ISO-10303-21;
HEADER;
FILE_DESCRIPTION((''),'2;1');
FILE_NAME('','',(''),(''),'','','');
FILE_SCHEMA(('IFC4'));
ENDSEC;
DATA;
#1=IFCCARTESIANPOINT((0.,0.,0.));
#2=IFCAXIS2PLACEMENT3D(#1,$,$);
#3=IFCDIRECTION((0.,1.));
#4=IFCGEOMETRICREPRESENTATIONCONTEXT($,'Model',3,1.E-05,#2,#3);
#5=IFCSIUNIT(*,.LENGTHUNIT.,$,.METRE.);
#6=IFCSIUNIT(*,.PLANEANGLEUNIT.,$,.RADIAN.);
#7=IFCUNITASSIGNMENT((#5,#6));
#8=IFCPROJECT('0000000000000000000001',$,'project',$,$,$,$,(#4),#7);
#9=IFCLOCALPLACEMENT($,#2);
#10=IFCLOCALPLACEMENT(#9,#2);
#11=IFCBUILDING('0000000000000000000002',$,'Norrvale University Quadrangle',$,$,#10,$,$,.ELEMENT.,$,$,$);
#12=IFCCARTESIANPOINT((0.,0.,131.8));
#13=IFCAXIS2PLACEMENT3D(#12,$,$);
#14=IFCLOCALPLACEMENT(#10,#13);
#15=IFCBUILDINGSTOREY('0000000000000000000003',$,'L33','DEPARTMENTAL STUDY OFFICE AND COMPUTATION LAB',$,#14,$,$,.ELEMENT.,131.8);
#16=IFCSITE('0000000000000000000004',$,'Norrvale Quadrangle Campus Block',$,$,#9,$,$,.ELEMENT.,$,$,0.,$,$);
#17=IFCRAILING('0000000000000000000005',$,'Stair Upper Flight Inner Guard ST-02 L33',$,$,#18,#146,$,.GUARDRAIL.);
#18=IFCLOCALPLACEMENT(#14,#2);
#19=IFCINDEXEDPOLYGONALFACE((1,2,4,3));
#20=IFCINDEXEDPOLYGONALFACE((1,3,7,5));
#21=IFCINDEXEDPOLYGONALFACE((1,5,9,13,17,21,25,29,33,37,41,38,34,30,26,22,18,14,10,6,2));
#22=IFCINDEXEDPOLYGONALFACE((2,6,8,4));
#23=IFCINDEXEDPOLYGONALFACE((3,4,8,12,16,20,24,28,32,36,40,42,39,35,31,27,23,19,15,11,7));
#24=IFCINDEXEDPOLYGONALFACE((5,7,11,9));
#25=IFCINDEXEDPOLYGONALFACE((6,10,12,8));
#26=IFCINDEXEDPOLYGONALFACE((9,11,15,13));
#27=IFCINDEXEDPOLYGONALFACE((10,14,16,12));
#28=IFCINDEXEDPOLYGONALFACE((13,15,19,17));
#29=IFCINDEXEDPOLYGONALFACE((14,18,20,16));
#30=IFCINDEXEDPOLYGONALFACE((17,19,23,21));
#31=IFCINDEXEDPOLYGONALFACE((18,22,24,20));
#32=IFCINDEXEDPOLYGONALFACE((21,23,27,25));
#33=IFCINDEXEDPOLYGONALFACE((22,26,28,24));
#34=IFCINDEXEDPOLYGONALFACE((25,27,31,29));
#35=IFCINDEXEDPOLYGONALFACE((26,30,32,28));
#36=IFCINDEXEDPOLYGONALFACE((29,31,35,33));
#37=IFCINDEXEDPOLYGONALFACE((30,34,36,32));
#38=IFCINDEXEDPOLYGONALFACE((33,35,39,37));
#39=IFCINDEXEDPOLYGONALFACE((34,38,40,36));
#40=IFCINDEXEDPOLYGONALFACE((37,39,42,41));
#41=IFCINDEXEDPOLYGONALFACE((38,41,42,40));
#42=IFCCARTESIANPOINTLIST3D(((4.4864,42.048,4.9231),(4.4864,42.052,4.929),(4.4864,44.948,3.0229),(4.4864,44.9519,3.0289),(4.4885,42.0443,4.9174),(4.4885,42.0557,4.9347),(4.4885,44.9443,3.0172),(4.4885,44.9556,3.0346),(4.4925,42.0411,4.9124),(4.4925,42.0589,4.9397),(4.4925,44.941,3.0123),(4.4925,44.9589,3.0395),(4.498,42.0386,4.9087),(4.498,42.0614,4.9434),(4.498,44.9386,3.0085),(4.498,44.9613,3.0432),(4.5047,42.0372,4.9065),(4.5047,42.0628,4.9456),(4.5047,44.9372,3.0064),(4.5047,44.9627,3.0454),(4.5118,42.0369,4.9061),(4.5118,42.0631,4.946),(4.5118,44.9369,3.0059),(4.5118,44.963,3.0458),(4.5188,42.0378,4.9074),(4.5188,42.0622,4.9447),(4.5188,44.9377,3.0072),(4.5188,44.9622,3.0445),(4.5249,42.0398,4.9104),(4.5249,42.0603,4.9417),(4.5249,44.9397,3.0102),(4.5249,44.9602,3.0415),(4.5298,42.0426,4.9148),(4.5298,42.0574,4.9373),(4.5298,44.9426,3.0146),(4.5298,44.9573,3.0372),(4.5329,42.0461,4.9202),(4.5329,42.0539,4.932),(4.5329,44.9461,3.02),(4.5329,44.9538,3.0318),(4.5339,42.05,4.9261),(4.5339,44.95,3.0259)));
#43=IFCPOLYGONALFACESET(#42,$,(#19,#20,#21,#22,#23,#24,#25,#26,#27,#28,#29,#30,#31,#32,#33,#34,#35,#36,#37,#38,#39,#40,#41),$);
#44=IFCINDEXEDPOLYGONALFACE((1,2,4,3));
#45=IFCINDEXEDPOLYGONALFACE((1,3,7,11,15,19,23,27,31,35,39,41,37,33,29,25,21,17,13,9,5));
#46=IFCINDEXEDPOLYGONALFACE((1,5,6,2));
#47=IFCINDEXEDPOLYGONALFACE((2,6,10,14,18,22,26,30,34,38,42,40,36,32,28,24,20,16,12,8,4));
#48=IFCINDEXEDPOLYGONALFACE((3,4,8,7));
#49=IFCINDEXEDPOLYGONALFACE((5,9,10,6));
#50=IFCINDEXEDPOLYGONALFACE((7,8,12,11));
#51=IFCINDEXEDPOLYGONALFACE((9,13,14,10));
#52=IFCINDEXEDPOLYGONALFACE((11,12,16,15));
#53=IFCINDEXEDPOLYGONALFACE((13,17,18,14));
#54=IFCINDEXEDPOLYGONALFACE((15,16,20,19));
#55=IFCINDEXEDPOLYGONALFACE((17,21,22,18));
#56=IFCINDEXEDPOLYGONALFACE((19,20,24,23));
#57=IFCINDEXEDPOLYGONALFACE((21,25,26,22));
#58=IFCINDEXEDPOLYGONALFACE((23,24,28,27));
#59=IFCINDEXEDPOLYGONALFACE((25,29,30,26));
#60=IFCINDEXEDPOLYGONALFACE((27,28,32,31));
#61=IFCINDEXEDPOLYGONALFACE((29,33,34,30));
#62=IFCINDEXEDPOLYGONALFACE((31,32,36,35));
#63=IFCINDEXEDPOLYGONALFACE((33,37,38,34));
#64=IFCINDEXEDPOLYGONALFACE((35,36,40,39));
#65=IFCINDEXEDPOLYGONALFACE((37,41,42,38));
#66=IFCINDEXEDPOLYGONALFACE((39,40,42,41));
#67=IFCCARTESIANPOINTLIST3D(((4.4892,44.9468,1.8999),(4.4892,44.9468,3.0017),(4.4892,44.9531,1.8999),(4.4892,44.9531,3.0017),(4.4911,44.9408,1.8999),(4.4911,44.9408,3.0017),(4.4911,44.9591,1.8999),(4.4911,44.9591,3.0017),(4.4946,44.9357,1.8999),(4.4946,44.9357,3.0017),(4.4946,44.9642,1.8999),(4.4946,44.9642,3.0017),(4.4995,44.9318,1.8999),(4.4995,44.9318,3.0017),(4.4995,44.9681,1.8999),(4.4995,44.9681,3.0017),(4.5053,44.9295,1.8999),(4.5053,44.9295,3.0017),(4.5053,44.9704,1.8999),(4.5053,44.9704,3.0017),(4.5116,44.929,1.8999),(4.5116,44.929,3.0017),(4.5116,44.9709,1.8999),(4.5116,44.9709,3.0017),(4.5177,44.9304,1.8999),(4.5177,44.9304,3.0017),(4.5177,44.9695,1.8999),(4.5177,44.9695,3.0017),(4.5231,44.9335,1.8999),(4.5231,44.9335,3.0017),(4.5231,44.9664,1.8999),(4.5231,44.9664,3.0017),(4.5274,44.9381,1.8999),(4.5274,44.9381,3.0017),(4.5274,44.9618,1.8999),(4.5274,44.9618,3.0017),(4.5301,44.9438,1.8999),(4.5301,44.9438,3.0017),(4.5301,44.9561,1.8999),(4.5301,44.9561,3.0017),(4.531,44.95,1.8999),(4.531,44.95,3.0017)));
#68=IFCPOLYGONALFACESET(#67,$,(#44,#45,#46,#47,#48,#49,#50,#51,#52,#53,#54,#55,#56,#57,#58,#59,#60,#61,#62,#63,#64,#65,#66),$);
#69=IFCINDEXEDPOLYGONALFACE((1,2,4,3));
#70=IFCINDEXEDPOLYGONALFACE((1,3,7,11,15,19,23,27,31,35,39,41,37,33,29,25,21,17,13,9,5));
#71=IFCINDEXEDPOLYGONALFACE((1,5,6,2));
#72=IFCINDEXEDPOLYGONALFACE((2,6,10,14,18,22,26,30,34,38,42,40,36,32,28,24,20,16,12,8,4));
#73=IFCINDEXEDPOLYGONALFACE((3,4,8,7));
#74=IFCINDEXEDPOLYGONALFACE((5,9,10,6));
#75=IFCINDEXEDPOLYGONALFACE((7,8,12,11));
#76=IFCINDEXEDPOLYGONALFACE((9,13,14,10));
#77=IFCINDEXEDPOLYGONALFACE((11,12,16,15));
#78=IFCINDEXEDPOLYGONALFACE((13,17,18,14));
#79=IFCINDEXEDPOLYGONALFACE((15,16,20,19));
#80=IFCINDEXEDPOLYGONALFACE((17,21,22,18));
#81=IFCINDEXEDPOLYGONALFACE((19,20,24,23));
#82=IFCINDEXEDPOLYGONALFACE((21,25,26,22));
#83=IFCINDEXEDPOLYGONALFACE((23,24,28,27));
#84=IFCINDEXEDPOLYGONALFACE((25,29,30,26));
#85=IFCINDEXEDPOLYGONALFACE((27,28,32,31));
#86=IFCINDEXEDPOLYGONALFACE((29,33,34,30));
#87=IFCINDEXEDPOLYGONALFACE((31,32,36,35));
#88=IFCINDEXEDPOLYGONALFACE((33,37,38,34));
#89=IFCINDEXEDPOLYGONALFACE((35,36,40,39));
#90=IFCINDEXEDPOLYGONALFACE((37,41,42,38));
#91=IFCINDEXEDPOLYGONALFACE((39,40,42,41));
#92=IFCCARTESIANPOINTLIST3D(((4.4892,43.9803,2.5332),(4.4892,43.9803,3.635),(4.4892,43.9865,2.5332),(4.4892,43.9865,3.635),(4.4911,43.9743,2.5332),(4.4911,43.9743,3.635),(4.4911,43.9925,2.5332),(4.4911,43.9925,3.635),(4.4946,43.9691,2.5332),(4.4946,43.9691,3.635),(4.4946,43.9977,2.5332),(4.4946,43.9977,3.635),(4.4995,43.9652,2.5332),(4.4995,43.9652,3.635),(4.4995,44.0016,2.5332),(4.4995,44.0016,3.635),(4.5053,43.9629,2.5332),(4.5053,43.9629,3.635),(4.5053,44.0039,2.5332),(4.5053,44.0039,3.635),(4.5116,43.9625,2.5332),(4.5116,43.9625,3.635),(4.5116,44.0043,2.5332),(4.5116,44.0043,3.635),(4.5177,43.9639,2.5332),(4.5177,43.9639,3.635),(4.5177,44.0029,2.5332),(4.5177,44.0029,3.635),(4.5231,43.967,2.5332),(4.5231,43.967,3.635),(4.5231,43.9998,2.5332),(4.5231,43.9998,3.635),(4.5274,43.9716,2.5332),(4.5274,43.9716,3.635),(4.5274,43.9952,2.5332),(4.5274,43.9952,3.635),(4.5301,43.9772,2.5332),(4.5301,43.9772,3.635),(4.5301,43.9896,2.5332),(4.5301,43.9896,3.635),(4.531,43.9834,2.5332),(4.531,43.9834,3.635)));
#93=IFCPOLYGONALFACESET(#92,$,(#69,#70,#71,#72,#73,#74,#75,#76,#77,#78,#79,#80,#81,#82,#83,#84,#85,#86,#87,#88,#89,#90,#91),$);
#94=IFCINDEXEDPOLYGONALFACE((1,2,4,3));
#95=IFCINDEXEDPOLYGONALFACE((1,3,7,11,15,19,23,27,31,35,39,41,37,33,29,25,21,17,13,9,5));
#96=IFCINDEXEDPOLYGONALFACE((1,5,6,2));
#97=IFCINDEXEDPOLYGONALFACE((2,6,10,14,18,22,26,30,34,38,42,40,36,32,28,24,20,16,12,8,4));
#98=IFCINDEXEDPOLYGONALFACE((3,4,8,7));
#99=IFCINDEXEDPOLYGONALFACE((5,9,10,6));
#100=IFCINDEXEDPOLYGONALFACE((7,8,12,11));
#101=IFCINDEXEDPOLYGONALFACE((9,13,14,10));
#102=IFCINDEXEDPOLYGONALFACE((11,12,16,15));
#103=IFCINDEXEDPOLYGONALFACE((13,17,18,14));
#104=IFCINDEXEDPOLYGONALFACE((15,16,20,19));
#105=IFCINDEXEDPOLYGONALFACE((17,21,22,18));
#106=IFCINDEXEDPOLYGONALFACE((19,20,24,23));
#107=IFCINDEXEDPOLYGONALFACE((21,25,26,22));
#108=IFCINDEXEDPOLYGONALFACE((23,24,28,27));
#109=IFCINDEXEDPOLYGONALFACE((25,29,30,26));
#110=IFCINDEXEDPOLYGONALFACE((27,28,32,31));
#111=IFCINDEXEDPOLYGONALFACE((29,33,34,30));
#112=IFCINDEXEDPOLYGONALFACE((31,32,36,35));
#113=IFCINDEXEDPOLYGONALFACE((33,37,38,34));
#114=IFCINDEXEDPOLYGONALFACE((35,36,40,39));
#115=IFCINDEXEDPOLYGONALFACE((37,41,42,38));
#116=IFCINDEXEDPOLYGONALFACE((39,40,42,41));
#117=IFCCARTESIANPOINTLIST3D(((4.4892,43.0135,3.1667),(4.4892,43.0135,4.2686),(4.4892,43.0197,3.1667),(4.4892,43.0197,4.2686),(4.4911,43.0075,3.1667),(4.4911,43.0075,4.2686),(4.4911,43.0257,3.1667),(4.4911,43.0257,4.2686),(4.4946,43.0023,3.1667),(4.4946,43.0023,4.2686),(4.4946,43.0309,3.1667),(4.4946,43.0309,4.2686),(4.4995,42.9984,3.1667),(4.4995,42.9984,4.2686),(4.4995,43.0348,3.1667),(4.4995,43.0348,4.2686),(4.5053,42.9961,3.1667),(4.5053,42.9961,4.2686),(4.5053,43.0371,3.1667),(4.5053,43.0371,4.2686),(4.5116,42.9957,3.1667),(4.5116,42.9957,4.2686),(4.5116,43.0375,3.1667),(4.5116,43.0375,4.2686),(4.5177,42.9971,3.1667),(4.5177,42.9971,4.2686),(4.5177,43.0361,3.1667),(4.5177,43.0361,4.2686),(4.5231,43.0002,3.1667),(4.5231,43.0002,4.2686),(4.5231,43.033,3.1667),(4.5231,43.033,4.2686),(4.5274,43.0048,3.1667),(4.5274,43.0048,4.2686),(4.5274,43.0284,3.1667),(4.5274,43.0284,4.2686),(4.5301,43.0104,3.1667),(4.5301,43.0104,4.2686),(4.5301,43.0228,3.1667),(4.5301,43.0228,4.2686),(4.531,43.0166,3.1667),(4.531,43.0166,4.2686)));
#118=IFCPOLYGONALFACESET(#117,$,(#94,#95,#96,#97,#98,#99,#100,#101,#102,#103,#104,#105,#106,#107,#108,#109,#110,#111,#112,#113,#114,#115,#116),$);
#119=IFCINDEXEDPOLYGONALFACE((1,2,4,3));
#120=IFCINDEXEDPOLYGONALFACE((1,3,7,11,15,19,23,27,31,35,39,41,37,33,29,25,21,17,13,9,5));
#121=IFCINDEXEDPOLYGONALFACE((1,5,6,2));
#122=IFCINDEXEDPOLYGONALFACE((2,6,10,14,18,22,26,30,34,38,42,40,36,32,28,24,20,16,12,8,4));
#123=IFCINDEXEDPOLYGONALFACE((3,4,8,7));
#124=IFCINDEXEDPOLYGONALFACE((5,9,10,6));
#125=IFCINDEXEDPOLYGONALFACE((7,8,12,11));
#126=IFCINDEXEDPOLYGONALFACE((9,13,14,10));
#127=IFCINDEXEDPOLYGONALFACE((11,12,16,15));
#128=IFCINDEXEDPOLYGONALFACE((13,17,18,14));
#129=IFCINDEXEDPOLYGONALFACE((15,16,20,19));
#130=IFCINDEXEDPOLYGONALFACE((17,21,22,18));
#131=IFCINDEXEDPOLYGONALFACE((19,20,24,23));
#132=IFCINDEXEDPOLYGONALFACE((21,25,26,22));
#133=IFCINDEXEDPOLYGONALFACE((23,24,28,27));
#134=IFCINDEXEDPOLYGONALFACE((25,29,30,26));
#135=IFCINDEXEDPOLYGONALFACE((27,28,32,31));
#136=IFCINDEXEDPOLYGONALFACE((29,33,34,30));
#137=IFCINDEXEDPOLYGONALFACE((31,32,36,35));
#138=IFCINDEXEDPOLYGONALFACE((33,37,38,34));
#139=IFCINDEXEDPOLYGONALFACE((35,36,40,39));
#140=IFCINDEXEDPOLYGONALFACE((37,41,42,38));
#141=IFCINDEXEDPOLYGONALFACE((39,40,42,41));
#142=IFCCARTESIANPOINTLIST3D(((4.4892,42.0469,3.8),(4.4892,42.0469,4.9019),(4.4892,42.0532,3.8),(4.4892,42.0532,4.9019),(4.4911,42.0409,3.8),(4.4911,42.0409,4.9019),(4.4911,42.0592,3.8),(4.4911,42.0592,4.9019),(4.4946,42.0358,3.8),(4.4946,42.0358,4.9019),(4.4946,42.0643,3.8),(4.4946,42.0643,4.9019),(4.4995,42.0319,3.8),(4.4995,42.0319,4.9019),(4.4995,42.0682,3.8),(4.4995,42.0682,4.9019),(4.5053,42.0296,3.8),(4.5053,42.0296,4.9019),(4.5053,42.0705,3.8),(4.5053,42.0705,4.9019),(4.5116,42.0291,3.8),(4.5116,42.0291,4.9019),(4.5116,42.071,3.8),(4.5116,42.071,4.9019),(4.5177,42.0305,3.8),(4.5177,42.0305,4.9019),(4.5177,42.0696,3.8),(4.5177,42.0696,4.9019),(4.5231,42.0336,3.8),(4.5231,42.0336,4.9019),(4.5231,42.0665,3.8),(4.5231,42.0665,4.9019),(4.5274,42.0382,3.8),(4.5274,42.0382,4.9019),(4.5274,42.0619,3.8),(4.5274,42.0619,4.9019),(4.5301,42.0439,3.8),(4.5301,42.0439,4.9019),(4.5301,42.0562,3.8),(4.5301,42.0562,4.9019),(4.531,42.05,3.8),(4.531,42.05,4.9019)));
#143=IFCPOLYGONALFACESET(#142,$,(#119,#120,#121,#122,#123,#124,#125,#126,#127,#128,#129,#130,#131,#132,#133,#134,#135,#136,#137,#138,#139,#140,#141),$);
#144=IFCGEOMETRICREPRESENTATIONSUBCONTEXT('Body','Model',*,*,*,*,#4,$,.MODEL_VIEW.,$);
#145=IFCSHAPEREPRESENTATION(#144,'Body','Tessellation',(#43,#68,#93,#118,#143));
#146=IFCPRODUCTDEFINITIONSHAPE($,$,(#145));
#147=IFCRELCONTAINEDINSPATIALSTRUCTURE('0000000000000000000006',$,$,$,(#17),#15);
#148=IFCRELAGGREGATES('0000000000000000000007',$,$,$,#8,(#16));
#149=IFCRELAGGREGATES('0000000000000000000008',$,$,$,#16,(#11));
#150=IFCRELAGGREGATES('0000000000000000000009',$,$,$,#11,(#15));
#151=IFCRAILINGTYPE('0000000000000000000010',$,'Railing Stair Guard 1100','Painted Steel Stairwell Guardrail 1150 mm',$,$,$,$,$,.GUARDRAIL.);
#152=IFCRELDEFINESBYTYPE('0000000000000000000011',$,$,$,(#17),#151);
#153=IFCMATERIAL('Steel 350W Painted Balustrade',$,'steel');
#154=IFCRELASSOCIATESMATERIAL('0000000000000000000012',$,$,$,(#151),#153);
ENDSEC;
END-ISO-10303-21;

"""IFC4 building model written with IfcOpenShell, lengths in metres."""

from ifc_helpers import new_model, si_unit, direction, frame, origin, origin_2d, place, context, subcontext, project, spatial, circle, extrude, material, type_object, element, save


model = new_model("IFC4")

# Units and contexts
model_context = context("Model", 3, precision=1e-05, world=origin(), true_north=direction((0.0, 1.0)))
body_context = subcontext(model_context, "Body", "Model", "MODEL_VIEW")
ifc_project = project(units=[si_unit("LENGTHUNIT", "METRE"), si_unit("PLANEANGLEUNIT", "RADIAN")], contexts=[model_context])

# Site, building, storey
site_placement = place(None, origin())
site = spatial("IfcSite", under=ifc_project, at=site_placement, Name="Norrvale Quadrangle Campus Block", CompositionType="ELEMENT", RefElevation=0.0)
building_placement = place(site_placement, origin())
building = spatial("IfcBuilding", under=site, at=building_placement, Name="Norrvale University Quadrangle", CompositionType="ELEMENT")
storey_placement = place(building_placement, frame((0.0, 0.0, 131.8)))
storey = spatial("IfcBuildingStorey", under=building, at=storey_placement, Name="L33", Description="DEPARTMENTAL STUDY OFFICE AND COMPUTATION LAB", CompositionType="ELEMENT", Elevation=131.8)

# Railing
ifc_material_1 = material(Name="Steel 350W Painted Balustrade", Category="steel")
railing_type_1 = type_object("IfcRailingType", Name="Railing Stair Guard 1100", Description="Painted Steel Stairwell Guardrail 1150 mm", PredefinedType="GUARDRAIL", material=ifc_material_1)
railing_1_placement = place(storey_placement, frame((4.51, 44.95, 1.8999)))
element("IfcRailing", 1, at=railing_1_placement, inside=storey, type_object=railing_type_1, Name="Stair Upper Flight Inner Guard ST-02 L33", PredefinedType="GUARDRAIL", context=body_context, shape_type="SweptSolid", body=[
    extrude(circle(Radius=0.0239, at=origin_2d()), frame((0.0, 0.0, 1.126), z_axis=(0.0, -0.836433, 0.548069), x_axis=(1.0, 0.0, 0.0)), (0.0, 0.0, 1.0), 3.467),
    extrude(circle(Radius=0.021, at=origin_2d()), origin(), (0.0, 0.0, 1.0), 1.1018),
    extrude(circle(Radius=0.021, at=origin_2d()), frame((0.0, -0.9666, 0.6333)), (0.0, 0.0, 1.0), 1.1018),
    extrude(circle(Radius=0.021, at=origin_2d()), frame((0.0, -1.9333, 1.2668)), (0.0, 0.0, 1.0), 1.1018),
    extrude(circle(Radius=0.021, at=origin_2d()), frame((0.0, -2.8999, 1.9001)), (0.0, 0.0, 1.0), 1.1018),
])

save(model, "model.ifc")
